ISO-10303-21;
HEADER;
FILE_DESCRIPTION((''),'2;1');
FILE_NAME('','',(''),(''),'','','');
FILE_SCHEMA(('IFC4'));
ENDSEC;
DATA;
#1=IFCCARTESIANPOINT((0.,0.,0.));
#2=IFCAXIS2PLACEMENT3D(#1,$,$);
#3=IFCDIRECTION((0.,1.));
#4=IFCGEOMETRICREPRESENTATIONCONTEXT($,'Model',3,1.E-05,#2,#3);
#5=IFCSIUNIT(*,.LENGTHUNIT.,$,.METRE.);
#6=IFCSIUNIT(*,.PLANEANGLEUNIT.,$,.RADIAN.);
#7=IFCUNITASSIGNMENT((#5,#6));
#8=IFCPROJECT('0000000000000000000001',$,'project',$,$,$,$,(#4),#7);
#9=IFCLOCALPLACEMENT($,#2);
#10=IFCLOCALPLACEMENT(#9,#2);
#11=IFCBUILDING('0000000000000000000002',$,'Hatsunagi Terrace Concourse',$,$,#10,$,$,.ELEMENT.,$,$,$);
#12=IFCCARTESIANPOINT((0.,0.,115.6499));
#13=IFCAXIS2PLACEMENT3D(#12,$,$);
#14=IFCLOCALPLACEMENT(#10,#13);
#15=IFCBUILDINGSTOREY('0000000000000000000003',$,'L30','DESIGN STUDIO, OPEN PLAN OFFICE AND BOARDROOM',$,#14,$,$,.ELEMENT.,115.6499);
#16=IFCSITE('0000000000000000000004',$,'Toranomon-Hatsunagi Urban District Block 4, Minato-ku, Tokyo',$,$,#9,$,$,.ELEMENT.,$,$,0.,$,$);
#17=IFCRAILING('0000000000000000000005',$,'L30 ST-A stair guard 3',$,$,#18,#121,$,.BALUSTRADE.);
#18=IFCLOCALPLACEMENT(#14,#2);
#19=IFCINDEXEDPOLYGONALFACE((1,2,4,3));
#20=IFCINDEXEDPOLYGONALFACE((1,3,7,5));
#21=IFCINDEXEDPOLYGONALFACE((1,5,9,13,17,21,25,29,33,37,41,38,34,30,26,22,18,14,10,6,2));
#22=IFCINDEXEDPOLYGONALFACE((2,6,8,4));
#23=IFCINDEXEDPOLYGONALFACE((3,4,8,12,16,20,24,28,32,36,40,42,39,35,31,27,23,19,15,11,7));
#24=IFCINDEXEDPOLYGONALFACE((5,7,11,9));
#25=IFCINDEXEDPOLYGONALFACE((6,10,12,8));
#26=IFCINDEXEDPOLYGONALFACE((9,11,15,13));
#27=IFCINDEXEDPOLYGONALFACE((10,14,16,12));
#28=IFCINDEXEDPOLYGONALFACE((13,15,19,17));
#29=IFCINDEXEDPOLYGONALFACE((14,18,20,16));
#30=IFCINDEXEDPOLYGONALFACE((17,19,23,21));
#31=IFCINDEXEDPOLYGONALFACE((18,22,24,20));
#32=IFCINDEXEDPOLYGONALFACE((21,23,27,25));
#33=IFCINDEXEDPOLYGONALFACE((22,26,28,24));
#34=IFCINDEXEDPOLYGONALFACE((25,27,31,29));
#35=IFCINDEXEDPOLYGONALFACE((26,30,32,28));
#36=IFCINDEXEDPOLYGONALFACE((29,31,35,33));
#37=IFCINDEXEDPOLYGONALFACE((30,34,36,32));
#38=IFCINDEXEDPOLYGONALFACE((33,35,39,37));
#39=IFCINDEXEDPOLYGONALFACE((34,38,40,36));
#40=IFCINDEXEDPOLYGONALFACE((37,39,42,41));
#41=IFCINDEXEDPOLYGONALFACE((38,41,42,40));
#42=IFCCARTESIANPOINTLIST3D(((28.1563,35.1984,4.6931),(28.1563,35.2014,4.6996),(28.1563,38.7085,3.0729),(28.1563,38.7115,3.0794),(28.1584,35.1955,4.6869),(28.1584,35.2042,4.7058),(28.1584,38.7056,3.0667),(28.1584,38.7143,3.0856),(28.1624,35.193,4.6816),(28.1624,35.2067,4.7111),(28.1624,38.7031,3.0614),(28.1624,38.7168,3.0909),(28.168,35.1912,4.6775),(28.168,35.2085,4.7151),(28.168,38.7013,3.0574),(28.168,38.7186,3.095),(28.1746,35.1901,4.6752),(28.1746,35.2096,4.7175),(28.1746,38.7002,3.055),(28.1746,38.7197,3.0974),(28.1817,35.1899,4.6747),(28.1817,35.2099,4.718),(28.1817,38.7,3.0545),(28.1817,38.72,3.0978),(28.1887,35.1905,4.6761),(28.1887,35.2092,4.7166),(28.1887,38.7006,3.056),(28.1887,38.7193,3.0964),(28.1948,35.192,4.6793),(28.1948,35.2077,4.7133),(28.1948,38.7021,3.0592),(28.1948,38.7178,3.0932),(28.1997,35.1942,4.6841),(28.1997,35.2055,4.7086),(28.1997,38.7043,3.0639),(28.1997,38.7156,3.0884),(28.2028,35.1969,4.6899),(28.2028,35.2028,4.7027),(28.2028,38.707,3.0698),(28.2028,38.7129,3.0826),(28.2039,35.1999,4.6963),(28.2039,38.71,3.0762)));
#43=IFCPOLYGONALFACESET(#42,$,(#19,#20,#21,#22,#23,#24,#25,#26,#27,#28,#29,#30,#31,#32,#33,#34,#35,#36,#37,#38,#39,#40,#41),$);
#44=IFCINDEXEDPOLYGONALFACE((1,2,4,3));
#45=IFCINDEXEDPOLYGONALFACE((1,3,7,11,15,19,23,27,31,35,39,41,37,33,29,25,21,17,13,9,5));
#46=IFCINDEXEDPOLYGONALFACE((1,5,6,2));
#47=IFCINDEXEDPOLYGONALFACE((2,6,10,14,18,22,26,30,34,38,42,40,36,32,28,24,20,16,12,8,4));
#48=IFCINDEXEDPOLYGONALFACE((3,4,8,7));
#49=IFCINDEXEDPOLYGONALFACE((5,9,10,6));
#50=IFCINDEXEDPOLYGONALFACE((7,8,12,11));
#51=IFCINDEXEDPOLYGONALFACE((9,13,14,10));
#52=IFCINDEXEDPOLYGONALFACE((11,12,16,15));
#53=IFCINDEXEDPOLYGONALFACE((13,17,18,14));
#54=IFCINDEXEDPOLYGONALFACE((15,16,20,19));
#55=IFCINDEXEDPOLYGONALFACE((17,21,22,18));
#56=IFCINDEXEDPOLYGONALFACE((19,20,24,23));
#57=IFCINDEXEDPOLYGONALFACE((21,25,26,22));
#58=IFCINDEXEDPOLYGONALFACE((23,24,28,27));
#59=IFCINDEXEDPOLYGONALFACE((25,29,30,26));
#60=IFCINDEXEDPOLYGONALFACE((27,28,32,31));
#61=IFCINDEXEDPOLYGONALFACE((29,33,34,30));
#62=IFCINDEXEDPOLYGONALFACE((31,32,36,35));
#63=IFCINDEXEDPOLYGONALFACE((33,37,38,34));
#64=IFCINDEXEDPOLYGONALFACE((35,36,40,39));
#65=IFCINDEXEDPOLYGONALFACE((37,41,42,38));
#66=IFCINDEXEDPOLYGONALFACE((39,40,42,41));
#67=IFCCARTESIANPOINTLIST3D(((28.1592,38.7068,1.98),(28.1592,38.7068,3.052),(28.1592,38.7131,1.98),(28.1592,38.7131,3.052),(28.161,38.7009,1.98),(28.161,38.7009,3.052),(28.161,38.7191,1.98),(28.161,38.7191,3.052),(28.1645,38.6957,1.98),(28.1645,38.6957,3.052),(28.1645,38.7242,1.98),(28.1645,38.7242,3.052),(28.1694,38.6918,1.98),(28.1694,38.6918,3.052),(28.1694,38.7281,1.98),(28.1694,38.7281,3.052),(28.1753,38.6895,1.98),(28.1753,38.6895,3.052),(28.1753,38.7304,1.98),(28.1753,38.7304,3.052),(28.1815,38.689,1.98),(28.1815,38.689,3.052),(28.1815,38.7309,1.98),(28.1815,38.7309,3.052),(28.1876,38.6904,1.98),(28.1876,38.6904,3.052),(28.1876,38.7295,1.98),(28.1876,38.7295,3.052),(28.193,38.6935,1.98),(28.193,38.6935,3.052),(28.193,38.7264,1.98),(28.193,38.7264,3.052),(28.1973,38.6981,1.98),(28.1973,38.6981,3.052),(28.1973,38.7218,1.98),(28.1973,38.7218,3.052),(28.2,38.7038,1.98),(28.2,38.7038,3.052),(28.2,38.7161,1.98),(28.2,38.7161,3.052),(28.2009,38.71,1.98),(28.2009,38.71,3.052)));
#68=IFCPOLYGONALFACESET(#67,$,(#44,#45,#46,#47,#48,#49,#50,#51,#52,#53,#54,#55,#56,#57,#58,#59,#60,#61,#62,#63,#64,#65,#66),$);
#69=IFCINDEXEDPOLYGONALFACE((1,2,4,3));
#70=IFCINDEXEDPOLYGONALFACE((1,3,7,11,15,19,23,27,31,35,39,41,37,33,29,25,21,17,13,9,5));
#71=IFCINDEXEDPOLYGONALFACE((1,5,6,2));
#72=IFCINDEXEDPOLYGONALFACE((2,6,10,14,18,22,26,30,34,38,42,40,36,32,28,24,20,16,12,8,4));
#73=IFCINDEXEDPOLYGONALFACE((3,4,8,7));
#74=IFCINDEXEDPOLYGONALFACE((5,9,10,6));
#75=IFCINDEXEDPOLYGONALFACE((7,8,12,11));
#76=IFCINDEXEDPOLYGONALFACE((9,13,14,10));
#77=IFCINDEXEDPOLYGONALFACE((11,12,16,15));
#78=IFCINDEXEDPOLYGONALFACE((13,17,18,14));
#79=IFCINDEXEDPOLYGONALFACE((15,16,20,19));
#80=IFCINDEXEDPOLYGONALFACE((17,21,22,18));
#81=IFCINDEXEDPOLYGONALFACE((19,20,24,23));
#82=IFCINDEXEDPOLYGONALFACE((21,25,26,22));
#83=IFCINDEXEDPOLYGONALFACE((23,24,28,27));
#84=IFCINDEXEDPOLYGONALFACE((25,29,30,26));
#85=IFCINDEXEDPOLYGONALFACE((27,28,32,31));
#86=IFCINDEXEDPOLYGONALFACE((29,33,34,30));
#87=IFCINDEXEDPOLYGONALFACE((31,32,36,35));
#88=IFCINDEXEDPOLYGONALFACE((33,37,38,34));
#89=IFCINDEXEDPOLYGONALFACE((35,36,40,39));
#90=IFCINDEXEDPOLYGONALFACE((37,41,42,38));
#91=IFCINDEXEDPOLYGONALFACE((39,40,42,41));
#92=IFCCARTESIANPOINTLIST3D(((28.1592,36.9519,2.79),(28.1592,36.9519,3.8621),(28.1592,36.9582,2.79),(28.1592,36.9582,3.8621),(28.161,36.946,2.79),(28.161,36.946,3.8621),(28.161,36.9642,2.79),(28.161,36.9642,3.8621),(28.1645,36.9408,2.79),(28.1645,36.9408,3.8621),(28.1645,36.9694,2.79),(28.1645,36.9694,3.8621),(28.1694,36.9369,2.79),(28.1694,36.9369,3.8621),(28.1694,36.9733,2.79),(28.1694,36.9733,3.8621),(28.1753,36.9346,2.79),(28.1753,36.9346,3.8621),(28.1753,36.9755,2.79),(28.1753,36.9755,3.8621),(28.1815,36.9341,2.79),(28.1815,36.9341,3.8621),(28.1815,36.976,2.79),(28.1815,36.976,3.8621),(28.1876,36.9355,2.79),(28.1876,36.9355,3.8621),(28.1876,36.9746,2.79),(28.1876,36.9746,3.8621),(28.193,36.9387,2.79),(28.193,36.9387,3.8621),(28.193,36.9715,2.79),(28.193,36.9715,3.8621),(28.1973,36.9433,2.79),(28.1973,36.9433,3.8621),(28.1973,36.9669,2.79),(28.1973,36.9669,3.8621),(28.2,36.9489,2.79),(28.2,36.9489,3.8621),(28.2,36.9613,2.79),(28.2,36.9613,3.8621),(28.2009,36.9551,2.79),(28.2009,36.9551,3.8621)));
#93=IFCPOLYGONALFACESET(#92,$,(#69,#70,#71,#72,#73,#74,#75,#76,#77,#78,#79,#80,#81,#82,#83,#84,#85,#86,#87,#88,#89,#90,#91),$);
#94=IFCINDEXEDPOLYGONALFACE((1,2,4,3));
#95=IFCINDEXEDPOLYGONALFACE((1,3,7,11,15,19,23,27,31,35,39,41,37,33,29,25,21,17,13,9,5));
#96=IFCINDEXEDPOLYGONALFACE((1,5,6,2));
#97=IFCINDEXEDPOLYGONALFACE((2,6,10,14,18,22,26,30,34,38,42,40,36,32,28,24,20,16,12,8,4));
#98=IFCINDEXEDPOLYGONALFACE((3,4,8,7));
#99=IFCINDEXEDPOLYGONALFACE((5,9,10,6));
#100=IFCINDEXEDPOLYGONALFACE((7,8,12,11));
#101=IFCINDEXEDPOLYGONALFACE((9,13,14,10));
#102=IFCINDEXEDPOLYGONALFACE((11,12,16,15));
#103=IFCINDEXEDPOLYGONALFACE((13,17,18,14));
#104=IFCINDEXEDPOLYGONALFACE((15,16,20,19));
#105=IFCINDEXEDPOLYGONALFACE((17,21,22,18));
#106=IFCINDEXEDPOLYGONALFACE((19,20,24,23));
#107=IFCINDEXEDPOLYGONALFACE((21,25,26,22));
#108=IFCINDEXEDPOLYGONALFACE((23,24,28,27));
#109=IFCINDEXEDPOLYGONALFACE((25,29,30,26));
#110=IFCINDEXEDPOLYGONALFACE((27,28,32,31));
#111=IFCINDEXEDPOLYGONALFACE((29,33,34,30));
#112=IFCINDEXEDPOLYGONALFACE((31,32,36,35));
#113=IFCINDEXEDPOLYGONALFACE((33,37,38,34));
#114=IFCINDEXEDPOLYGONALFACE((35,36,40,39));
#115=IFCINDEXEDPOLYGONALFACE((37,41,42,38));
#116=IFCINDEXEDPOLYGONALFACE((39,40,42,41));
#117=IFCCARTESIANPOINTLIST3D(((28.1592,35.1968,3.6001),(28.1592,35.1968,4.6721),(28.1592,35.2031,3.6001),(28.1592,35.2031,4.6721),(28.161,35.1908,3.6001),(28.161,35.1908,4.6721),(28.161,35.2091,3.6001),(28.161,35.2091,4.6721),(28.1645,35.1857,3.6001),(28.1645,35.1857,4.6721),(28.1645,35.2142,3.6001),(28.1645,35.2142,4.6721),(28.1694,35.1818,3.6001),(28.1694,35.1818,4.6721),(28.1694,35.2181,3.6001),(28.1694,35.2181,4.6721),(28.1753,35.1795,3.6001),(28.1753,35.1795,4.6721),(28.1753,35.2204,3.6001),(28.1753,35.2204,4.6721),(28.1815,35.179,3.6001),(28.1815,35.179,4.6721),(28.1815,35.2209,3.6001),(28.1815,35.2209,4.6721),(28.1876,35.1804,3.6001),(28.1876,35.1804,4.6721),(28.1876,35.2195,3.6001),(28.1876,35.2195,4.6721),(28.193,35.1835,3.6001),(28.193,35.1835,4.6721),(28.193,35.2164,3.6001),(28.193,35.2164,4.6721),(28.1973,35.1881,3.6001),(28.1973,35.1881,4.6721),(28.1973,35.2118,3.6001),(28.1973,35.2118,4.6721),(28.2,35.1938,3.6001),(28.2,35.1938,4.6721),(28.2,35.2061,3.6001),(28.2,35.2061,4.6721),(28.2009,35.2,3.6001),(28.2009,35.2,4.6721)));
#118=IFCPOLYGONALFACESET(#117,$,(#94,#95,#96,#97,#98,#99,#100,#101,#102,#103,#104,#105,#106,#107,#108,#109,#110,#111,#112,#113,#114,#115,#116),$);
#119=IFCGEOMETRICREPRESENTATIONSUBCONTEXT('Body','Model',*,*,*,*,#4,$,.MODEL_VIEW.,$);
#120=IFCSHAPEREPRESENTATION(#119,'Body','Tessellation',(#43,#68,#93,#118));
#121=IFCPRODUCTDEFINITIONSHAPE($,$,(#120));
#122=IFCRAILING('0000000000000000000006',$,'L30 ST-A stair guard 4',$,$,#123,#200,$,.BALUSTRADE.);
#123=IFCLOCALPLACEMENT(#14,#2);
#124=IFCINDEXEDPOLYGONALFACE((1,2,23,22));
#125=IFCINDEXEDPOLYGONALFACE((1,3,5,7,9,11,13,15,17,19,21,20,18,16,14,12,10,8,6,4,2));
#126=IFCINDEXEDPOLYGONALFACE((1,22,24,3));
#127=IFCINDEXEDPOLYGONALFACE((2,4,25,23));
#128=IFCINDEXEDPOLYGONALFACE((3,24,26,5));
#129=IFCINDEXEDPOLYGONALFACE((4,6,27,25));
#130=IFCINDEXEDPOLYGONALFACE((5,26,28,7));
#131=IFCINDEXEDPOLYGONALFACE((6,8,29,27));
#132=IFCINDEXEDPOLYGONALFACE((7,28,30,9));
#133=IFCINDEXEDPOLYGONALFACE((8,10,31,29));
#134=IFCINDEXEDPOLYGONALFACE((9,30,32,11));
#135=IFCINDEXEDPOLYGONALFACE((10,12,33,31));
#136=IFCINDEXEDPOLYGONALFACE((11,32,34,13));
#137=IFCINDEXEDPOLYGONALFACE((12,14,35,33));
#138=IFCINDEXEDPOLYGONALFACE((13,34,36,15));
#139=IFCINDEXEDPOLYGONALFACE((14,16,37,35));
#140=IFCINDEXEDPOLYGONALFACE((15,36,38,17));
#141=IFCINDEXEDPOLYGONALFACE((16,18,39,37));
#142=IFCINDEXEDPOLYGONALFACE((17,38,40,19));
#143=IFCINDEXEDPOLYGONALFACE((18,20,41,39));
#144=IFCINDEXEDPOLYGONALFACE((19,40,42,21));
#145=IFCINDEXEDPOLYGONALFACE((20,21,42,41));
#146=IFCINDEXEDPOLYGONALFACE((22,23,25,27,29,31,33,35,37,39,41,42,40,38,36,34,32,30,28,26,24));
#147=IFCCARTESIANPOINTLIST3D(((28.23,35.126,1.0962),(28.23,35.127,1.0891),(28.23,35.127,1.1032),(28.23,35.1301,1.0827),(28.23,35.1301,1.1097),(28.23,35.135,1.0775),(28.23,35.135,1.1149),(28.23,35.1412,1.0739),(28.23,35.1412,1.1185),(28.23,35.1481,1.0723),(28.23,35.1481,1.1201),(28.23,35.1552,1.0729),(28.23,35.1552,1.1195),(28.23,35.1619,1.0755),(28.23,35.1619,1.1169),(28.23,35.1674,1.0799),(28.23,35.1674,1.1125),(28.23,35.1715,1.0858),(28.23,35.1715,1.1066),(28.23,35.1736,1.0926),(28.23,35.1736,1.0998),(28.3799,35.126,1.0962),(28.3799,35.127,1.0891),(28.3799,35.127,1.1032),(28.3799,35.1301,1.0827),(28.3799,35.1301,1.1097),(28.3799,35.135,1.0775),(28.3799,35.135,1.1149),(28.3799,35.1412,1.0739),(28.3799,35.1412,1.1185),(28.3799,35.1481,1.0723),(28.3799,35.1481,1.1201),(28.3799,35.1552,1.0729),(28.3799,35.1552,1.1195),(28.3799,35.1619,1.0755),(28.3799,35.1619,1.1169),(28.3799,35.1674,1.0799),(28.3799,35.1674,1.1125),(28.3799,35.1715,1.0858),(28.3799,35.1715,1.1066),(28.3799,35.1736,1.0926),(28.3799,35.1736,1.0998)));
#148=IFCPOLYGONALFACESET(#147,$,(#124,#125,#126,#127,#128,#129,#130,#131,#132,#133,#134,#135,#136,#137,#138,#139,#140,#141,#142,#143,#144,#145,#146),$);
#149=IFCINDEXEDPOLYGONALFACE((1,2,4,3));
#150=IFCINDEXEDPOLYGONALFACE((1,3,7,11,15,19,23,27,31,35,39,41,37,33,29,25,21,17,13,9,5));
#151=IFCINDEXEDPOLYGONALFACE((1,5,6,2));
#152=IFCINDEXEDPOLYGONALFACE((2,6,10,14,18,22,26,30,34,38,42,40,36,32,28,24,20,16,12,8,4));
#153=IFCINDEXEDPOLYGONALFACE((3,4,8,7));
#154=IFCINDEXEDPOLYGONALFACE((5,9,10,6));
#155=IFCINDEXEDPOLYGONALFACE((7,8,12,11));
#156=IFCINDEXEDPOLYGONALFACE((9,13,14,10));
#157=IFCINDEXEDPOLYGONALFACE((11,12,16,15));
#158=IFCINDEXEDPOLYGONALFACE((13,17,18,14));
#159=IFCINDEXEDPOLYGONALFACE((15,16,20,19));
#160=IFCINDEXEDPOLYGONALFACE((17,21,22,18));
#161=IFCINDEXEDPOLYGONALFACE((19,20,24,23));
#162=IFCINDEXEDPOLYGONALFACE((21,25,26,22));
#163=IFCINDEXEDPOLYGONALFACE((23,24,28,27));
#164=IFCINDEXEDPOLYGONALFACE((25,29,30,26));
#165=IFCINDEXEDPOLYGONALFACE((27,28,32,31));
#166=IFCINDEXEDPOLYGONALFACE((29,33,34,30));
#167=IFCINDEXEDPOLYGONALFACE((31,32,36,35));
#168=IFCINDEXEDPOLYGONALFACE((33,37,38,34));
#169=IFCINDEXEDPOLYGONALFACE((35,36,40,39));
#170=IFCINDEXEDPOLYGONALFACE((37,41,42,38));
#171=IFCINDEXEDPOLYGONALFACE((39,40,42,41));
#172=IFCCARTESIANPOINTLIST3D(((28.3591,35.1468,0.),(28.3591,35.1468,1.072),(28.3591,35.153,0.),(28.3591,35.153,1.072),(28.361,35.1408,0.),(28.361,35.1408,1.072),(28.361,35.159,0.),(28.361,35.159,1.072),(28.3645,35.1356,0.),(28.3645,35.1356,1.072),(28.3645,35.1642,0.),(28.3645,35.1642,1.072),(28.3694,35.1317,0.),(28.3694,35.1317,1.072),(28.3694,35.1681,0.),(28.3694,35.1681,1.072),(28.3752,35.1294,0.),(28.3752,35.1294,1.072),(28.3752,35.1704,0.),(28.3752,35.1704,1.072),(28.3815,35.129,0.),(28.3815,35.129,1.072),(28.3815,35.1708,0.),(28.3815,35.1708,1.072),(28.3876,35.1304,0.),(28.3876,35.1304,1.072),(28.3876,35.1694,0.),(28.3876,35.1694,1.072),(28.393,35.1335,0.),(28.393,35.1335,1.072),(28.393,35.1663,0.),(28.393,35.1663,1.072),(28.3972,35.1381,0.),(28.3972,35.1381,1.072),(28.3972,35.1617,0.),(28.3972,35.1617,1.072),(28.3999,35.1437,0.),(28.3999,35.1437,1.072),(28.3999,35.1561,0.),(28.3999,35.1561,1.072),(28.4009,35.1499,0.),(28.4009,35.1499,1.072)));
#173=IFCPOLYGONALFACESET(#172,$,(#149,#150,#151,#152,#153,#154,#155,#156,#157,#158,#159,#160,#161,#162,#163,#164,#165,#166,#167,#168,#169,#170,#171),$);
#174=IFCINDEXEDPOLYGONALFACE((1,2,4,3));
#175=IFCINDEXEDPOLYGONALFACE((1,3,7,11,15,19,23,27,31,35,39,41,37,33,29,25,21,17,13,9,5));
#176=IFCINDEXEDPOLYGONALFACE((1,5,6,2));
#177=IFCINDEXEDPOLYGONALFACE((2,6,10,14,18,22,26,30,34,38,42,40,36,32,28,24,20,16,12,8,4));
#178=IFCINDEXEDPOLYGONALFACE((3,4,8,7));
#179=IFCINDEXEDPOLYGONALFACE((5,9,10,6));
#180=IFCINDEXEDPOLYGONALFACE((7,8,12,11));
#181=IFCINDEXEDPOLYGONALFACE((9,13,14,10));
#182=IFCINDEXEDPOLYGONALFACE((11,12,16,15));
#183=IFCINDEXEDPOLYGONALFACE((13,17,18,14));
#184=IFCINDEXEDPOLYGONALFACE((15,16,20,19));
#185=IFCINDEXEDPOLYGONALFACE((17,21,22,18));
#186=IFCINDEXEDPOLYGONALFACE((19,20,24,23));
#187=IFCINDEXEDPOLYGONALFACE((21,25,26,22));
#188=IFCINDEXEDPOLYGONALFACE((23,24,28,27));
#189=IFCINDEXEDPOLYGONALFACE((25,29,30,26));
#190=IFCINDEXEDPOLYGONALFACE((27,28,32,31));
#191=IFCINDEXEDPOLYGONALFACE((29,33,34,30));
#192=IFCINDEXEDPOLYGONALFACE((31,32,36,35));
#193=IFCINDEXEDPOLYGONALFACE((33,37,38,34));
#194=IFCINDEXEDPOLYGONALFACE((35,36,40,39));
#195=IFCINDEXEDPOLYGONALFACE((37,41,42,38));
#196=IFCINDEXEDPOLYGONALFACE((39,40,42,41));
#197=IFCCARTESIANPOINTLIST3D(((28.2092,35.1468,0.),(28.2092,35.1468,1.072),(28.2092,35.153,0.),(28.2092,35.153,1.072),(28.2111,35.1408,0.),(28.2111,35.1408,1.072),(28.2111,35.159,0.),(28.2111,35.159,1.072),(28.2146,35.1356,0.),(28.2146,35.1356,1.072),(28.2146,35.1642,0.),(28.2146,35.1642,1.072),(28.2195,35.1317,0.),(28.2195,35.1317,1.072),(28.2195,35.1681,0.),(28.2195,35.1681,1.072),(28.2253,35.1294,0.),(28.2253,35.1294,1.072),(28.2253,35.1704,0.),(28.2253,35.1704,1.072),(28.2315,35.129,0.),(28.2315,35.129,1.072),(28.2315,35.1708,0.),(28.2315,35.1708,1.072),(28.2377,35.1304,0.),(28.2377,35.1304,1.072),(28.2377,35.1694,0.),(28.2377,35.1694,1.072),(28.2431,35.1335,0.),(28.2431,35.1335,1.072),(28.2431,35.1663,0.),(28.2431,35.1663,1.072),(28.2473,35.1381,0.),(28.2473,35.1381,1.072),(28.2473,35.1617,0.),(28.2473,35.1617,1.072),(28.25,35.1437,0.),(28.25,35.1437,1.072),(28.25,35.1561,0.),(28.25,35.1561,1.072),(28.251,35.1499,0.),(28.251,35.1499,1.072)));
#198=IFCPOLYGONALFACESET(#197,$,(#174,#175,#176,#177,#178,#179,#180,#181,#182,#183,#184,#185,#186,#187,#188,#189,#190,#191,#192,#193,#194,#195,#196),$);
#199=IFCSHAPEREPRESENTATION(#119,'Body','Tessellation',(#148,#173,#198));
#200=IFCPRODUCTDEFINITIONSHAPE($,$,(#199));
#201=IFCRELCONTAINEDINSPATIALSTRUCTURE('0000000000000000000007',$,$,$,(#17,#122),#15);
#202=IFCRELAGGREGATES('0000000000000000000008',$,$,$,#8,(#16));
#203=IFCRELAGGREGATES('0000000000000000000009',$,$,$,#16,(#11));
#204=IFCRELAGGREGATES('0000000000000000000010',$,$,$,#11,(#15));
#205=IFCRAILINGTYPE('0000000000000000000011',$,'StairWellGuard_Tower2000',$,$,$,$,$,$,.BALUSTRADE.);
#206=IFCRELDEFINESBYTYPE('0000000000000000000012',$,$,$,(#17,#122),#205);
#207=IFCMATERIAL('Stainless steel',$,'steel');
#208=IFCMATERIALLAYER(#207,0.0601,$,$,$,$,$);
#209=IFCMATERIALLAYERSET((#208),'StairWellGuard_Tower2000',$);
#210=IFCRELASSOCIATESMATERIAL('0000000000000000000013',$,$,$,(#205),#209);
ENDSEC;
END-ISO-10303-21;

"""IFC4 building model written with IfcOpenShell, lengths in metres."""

from ifc_helpers import new_model, si_unit, direction, frame, origin, origin_2d, place, context, subcontext, project, spatial, circle, extrude, material, layer, layer_set, type_object, element, save


model = new_model("IFC4")

# Units and contexts
model_context = context("Model", 3, precision=1e-05, world=origin(), true_north=direction((0.0, 1.0)))
body_context = subcontext(model_context, "Body", "Model", "MODEL_VIEW")
ifc_project = project(units=[si_unit("LENGTHUNIT", "METRE"), si_unit("PLANEANGLEUNIT", "RADIAN")], contexts=[model_context])

# Site, building, storey
site_placement = place(None, origin())
site = spatial("IfcSite", under=ifc_project, at=site_placement, Name="Toranomon-Hatsunagi Urban District Block 4, Minato-ku, Tokyo", CompositionType="ELEMENT", RefElevation=0.0)
building_placement = place(site_placement, origin())
building = spatial("IfcBuilding", under=site, at=building_placement, Name="Hatsunagi Terrace Concourse", CompositionType="ELEMENT")
storey_placement = place(building_placement, frame((0.0, 0.0, 115.6499)))
storey = spatial("IfcBuildingStorey", under=building, at=storey_placement, Name="L30", Description="DESIGN STUDIO, OPEN PLAN OFFICE AND BOARDROOM", CompositionType="ELEMENT", Elevation=115.6499)

# Railings
ifc_material_1 = material(Name="Stainless steel", Category="steel")
ifc_layer_1 = layer(ifc_material_1, 0.0601)
ifc_layer_set_1 = layer_set([ifc_layer_1], Name="StairWellGuard_Tower2000")
railing_type_1 = type_object("IfcRailingType", Name="StairWellGuard_Tower2000", PredefinedType="BALUSTRADE", material=ifc_layer_set_1)
railing_1_placement = place(storey_placement, frame((28.1799, 38.71, 1.98)))
element("IfcRailing", 1, at=railing_1_placement, inside=storey, type_object=railing_type_1, Name="L30 ST-A stair guard 3", PredefinedType="BALUSTRADE", context=body_context, shape_type="SweptSolid", body=[
    extrude(circle(Radius=0.0239, at=origin_2d()), frame((0.0, 0.0, 1.0962), z_axis=(0.0, -0.907948, 0.419082), x_axis=(1.0, 0.0, 0.0)), (0.0, 0.0, 1.0), 3.866),
    extrude(circle(Radius=0.021, at=origin_2d()), origin(), (0.0, 0.0, 1.0), 1.072),
    extrude(circle(Radius=0.021, at=origin_2d()), frame((0.0, -1.7549, 0.8101)), (0.0, 0.0, 1.0), 1.072),
    extrude(circle(Radius=0.021, at=origin_2d()), frame((0.0, -3.51, 1.6201)), (0.0, 0.0, 1.0), 1.072),
])
railing_2_placement = place(storey_placement, frame((28.3799, 35.1499, 0.0)))
element("IfcRailing", 2, at=railing_2_placement, inside=storey, type_object=railing_type_1, Name="L30 ST-A stair guard 4", PredefinedType="BALUSTRADE", context=body_context, shape_type="SweptSolid", body=[
    extrude(circle(Radius=0.0239, at=origin_2d()), frame((0.0, 0.0, 1.0962), z_axis=(-1.0, 0.0, 0.0), x_axis=(0.0, -1.0, 0.0)), (0.0, 0.0, 1.0), 0.1499),
    extrude(circle(Radius=0.021, at=origin_2d()), origin(), (0.0, 0.0, 1.0), 1.072),
    extrude(circle(Radius=0.021, at=origin_2d()), frame((-0.1499, 0.0, 0.0)), (0.0, 0.0, 1.0), 1.072),
])

save(model, "model.ifc")
